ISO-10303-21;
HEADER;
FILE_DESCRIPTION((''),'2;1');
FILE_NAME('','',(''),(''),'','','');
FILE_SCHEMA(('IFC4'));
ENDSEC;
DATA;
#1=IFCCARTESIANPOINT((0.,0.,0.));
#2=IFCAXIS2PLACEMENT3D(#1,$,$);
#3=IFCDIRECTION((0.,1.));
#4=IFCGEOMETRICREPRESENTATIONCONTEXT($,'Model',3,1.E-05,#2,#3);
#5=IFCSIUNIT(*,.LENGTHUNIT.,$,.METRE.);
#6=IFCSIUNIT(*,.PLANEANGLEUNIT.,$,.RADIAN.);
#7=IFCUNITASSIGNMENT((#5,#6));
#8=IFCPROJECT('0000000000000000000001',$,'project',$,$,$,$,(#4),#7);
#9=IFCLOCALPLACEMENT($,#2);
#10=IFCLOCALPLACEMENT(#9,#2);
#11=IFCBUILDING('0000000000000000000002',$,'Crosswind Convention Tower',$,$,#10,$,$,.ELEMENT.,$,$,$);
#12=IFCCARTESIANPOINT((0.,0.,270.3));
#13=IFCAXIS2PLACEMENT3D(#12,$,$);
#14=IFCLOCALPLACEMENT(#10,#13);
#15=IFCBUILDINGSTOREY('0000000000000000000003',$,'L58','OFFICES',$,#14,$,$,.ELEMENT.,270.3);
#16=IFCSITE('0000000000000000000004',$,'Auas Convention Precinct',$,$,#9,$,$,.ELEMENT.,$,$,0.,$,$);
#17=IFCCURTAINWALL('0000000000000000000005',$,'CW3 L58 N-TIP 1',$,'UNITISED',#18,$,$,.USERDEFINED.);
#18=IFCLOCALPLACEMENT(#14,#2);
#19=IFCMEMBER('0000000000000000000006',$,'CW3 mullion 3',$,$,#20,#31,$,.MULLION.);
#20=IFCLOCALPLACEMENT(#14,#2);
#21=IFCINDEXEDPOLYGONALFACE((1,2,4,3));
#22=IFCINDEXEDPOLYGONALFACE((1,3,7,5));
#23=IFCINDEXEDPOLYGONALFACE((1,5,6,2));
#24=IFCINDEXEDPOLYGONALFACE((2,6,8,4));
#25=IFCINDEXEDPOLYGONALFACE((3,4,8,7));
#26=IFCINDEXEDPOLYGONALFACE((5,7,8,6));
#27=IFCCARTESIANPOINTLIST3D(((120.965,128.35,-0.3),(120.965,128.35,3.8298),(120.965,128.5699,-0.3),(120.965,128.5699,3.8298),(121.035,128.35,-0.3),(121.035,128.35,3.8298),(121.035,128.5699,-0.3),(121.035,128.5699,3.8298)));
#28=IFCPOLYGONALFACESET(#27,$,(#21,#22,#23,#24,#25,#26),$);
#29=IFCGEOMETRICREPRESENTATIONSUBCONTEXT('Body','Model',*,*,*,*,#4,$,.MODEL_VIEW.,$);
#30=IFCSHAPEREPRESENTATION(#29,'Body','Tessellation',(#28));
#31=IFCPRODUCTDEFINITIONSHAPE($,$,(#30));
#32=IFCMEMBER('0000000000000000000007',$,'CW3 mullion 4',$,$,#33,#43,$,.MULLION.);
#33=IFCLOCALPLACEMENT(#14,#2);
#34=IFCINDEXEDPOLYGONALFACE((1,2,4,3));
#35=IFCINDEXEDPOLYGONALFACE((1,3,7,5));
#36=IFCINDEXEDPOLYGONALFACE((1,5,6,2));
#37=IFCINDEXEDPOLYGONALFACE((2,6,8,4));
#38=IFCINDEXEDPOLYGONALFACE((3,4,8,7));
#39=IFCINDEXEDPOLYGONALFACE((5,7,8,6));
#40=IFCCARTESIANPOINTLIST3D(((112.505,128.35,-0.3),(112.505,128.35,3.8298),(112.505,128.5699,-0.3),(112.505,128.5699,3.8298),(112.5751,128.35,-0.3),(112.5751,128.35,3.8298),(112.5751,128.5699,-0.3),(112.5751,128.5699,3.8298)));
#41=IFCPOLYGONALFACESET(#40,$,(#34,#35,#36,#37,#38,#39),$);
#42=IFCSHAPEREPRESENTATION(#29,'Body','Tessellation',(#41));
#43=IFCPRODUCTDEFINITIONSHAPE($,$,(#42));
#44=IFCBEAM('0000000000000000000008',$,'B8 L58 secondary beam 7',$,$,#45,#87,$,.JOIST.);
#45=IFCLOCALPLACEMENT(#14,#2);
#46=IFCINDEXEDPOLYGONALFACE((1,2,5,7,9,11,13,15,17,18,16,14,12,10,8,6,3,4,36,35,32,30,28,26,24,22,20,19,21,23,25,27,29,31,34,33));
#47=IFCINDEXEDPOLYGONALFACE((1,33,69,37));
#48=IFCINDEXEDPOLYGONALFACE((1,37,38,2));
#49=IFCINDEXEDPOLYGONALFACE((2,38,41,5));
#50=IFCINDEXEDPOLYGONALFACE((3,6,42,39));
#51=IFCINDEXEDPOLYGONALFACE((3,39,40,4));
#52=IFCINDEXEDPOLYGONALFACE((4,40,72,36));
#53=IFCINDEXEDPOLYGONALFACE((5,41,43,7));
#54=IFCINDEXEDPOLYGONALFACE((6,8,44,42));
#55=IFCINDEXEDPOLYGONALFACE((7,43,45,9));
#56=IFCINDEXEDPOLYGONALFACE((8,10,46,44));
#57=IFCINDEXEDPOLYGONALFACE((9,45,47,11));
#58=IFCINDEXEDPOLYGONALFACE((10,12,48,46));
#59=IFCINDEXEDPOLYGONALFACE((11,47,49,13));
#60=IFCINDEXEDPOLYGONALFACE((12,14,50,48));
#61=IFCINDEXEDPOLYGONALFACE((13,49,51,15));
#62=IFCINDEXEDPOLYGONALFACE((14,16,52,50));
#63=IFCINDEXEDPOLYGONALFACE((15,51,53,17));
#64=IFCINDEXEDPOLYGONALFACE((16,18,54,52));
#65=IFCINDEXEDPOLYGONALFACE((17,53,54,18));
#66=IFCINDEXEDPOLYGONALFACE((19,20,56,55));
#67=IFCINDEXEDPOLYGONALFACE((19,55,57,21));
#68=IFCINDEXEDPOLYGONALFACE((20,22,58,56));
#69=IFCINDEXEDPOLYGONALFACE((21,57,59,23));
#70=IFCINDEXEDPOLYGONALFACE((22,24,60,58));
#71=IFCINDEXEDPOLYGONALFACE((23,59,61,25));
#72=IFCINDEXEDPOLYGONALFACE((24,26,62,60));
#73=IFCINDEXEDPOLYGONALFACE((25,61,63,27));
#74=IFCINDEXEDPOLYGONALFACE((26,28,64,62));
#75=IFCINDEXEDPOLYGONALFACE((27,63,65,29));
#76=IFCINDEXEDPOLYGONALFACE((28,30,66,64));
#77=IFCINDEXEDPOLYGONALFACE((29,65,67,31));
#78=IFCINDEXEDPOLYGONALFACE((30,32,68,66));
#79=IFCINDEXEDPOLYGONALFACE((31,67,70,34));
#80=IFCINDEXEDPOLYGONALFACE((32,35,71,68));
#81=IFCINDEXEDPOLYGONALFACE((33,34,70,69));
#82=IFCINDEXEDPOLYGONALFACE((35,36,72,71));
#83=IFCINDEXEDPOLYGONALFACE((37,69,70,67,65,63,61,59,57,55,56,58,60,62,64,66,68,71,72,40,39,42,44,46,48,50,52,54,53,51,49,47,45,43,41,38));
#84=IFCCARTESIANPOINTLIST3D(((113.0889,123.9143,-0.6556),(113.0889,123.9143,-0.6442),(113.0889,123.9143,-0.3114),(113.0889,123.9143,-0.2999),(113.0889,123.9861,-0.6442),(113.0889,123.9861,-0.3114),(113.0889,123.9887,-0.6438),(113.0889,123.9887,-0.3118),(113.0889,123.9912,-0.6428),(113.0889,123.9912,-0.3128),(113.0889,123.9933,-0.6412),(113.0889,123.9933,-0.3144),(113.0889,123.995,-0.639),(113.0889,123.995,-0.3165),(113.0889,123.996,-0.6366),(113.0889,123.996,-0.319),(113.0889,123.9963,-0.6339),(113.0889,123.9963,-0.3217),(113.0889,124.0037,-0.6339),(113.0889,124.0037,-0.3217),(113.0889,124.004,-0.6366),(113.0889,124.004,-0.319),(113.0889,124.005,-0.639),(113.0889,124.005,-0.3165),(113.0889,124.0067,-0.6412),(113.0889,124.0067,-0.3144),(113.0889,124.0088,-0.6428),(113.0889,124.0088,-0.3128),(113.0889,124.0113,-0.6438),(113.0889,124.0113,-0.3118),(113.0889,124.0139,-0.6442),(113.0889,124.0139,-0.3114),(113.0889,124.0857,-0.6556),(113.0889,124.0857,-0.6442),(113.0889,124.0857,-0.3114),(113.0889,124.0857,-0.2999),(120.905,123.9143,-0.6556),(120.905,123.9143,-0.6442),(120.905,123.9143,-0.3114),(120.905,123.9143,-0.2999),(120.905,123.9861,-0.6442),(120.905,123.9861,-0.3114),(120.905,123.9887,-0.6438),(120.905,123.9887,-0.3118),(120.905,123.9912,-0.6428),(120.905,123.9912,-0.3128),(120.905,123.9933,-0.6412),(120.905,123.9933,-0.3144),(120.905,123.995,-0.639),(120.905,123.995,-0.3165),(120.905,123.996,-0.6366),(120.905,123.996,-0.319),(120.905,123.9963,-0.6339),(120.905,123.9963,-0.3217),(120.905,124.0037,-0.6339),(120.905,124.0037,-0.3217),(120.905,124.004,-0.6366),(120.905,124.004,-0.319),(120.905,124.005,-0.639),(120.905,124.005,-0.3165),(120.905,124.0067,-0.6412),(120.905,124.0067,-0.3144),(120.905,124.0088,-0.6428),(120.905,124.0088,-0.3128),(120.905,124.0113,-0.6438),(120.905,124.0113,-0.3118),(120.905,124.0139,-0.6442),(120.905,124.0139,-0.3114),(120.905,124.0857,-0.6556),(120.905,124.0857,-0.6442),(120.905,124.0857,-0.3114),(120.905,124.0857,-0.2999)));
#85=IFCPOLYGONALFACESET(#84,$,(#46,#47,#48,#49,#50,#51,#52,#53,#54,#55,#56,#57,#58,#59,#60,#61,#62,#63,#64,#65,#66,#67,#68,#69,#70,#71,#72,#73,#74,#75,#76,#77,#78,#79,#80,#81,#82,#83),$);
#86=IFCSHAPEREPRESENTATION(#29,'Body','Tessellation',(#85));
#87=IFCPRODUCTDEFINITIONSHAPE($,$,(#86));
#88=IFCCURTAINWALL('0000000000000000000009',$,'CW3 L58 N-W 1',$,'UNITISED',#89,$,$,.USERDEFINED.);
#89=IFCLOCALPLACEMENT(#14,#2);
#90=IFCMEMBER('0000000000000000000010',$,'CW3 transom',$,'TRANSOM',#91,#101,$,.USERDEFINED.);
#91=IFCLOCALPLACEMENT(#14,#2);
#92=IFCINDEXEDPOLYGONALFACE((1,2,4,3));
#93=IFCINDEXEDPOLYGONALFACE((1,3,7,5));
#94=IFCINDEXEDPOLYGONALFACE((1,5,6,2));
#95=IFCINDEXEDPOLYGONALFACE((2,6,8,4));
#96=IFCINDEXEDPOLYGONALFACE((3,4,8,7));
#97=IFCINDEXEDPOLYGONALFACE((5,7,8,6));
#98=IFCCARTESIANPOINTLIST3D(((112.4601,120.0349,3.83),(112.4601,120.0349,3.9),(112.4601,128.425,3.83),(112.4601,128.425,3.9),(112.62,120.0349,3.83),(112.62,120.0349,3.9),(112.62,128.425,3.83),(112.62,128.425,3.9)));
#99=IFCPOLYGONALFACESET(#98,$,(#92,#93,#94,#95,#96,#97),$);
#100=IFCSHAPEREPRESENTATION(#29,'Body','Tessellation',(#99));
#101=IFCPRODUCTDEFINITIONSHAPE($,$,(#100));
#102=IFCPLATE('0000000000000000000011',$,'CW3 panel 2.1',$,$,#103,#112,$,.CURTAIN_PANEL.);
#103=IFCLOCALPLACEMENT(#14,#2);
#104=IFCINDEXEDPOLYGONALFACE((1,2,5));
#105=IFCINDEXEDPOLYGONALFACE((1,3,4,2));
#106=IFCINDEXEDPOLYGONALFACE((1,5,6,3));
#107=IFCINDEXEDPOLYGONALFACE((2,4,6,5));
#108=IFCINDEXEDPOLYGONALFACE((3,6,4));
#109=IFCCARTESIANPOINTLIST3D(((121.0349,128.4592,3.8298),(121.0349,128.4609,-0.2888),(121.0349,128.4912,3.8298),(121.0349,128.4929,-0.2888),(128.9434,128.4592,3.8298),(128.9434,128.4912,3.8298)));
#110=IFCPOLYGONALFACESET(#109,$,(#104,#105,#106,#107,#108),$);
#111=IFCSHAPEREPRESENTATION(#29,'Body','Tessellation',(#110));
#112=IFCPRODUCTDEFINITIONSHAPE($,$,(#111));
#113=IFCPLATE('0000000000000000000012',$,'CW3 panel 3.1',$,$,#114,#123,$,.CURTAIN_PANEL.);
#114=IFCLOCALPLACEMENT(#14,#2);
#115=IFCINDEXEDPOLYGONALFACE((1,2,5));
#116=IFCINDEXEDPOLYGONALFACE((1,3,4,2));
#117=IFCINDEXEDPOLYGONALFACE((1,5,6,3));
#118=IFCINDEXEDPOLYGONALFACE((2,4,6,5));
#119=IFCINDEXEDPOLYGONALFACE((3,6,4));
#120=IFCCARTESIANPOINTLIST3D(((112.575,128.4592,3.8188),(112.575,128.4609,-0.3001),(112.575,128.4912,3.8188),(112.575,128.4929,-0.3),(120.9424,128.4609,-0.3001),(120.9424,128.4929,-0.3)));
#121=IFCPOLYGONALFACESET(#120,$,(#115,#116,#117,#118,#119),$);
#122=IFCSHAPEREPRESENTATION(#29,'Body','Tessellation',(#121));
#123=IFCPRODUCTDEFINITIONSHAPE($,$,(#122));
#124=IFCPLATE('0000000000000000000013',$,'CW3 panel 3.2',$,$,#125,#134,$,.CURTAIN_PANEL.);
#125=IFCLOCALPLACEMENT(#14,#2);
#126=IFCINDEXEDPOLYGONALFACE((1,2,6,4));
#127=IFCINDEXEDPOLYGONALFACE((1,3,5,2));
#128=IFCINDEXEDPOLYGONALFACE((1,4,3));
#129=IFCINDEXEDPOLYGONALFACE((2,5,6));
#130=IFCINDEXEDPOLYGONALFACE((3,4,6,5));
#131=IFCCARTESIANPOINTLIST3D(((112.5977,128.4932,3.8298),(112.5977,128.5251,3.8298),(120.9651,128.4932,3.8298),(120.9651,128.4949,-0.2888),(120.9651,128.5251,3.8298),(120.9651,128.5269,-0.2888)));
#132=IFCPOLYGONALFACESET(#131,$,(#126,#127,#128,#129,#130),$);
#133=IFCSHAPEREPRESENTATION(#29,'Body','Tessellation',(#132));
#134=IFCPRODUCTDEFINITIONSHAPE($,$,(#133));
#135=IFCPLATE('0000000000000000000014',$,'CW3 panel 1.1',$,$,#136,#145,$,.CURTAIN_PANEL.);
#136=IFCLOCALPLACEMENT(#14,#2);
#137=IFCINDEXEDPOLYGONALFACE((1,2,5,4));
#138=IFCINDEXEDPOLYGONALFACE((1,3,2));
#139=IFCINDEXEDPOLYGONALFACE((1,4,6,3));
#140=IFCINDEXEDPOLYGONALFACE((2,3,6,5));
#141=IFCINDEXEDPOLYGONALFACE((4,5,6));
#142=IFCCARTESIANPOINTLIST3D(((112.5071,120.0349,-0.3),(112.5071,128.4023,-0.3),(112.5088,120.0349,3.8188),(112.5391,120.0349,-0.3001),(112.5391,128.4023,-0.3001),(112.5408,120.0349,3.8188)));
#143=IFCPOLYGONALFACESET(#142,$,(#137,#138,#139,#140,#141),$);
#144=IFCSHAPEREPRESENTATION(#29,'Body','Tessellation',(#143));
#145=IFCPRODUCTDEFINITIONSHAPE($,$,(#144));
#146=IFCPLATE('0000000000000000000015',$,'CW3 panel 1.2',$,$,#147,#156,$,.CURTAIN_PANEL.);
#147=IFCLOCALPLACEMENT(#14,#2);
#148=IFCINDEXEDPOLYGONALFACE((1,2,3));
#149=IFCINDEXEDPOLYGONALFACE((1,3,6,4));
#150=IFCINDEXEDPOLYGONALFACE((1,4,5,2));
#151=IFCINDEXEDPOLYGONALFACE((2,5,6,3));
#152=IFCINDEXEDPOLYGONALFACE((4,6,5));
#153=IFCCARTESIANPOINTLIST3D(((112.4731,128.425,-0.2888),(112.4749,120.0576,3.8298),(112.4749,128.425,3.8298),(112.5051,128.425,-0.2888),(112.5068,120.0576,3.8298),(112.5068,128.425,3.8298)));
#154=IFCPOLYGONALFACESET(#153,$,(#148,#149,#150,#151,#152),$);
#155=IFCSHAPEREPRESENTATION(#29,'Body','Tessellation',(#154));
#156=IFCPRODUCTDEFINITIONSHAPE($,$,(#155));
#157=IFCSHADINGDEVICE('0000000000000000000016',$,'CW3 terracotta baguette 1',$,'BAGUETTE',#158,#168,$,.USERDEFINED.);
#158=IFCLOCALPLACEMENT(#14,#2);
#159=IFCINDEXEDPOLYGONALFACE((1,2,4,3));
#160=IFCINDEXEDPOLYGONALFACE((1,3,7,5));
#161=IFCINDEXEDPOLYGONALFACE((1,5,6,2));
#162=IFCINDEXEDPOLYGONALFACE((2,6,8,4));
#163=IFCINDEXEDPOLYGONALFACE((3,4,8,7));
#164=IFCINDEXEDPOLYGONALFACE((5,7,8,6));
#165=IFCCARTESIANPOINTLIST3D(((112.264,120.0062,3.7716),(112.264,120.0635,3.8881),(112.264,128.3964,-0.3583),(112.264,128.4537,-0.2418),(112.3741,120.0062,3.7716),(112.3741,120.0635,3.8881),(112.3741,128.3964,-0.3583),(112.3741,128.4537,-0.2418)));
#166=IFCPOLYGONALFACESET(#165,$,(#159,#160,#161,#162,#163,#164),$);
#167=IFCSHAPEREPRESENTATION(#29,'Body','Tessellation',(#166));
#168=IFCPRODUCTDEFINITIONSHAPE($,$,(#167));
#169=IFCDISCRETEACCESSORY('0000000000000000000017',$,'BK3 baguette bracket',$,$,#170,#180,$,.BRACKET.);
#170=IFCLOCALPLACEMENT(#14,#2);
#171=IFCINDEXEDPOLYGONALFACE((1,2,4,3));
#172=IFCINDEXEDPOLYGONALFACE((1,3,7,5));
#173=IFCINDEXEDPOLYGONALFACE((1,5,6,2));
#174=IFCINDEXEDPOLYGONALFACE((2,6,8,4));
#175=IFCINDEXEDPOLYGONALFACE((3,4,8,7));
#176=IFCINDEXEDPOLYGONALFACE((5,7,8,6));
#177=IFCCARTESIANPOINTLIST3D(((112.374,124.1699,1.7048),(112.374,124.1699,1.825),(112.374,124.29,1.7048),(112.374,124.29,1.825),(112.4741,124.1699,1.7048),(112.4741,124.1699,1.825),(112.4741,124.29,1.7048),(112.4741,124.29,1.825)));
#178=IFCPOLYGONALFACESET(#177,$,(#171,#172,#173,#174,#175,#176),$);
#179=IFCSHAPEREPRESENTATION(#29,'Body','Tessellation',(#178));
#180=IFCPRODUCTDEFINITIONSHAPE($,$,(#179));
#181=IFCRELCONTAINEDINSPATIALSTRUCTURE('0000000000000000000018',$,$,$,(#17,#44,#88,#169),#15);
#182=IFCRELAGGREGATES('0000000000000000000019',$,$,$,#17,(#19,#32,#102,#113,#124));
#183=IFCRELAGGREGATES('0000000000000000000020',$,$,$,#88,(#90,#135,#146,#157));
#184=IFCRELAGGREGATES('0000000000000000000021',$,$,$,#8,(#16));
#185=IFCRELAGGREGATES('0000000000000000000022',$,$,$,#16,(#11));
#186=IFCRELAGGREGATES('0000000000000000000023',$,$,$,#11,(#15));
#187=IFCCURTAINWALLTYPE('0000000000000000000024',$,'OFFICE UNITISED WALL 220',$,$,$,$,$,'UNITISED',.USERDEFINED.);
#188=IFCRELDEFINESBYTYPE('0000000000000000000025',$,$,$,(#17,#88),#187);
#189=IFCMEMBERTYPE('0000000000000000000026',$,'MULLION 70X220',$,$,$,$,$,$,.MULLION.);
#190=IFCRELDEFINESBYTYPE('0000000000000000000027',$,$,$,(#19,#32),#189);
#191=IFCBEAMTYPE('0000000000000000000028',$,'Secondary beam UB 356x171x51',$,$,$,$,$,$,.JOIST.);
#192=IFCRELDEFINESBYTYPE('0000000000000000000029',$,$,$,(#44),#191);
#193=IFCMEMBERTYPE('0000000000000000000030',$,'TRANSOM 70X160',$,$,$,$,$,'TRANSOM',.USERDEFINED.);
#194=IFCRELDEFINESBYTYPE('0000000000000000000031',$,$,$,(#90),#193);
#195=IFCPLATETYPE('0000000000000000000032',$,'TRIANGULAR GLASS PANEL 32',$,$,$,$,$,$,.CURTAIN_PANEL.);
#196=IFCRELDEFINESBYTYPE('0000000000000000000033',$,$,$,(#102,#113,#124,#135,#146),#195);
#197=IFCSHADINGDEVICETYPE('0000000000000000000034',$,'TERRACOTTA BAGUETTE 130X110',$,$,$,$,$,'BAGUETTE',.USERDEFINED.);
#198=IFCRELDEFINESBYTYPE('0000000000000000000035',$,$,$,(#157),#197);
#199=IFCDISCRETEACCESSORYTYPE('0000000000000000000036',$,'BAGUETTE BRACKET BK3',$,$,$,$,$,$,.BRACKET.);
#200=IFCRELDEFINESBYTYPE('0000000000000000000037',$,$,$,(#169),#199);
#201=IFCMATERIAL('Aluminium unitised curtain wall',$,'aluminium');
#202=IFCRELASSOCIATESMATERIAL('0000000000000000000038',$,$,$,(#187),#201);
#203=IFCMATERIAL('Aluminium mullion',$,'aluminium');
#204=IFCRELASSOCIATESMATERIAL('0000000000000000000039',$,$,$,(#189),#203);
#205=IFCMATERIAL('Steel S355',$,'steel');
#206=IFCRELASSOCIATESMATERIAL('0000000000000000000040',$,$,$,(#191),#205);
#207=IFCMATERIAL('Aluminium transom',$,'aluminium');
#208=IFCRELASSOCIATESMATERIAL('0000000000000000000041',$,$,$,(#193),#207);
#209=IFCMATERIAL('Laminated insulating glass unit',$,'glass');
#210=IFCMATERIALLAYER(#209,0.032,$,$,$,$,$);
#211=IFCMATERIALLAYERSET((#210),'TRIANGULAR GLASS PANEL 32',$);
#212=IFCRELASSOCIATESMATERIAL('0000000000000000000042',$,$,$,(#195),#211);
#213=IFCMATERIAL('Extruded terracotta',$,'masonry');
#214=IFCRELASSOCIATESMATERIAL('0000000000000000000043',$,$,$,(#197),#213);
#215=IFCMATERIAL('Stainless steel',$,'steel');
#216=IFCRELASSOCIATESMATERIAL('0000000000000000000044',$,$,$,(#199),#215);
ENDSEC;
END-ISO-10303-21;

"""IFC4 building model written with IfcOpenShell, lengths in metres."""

from ifc_helpers import new_model, si_unit, direction, frame, origin, origin_2d, place, context, subcontext, project, spatial, polyline, rectangle, i_section, outline, extrude, material, layer, layer_set, material_profile, profile_set, type_object, element, aggregate, save


model = new_model("IFC4")

# Units and contexts
model_context = context("Model", 3, precision=1e-05, world=origin(), true_north=direction((0.0, 1.0)))
body_context = subcontext(model_context, "Body", "Model", "MODEL_VIEW")
ifc_project = project(units=[si_unit("LENGTHUNIT", "METRE"), si_unit("PLANEANGLEUNIT", "RADIAN")], contexts=[model_context])

# Site, building, storey
site_placement = place(None, origin())
site = spatial("IfcSite", under=ifc_project, at=site_placement, Name="Auas Convention Precinct", CompositionType="ELEMENT", RefElevation=0.0)
building_placement = place(site_placement, origin())
building = spatial("IfcBuilding", under=site, at=building_placement, Name="Crosswind Convention Tower", CompositionType="ELEMENT")
storey_placement = place(building_placement, frame((0.0, 0.0, 270.3)))
storey = spatial("IfcBuildingStorey", under=building, at=storey_placement, Name="L58", Description="OFFICES", CompositionType="ELEMENT", Elevation=270.3)

# Shared definitions
ifc_material_1 = material(Name="Steel S355", Category="steel")

# Curtain wall, members
ifc_material_2 = material(Name="Aluminium unitised curtain wall", Category="aluminium")
curtain_wall_type = type_object("IfcCurtainWallType", Name="OFFICE UNITISED WALL 220", ElementType="UNITISED", PredefinedType="USERDEFINED", material=ifc_material_2)
curtain_wall_1_placement = place(storey_placement, origin())
curtain_wall_1 = element("IfcCurtainWall", 1, at=curtain_wall_1_placement, inside=storey, type_object=curtain_wall_type, Name="CW3 L58 N-TIP 1", ObjectType="UNITISED", PredefinedType="USERDEFINED")
ifc_material_3 = material(Name="Aluminium mullion", Category="aluminium")
ifc_material_profile_1 = material_profile(ifc_material_3, rectangle(XDim=0.22, YDim=0.0701, at=origin_2d()), Name="AL 220X70")
ifc_profile_set_1 = profile_set([ifc_material_profile_1], Name="Aluminium mullion")
member_type_1 = type_object("IfcMemberType", Name="MULLION 70X220", PredefinedType="MULLION", material=ifc_profile_set_1)
member_1_placement = place(storey_placement, frame((121.0, 128.46, -0.3), z_axis=(0.0, 0.0, 1.0), x_axis=(0.0, 1.0, 0.0)))
member_1 = element("IfcMember", 2, at=member_1_placement, type_object=member_type_1, Name="CW3 mullion 3", PredefinedType="MULLION", context=body_context, shape_type="SweptSolid", body=[
    extrude(rectangle(XDim=0.22, YDim=0.0701, at=origin_2d()), origin(), (0.0, 0.0, 1.0), 4.1299),
])
member_2_placement = place(storey_placement, frame((112.54, 128.46, -0.3), z_axis=(0.0, 0.0, 1.0), x_axis=(0.0, 1.0, 0.0)))
member_2 = element("IfcMember", 3, at=member_2_placement, type_object=member_type_1, Name="CW3 mullion 4", PredefinedType="MULLION", context=body_context, shape_type="SweptSolid", body=[
    extrude(rectangle(XDim=0.22, YDim=0.0701, at=origin_2d()), origin(), (0.0, 0.0, 1.0), 4.1299),
])

# Beam
ifc_material_profile_2 = material_profile(ifc_material_1, i_section(OverallWidth=0.1714, OverallDepth=0.3557, WebThickness=0.0073, FlangeThickness=0.0115, FilletRadius=0.0103, at=origin_2d()), Name="UB 356x171x51")
ifc_profile_set_2 = profile_set([ifc_material_profile_2], Name="Steel S355")
beam_type_1 = type_object("IfcBeamType", Name="Secondary beam UB 356x171x51", PredefinedType="JOIST", material=ifc_profile_set_2)
beam_1_placement = place(storey_placement, frame((113.0889, 124.0, -0.4778), z_axis=(1.0, 0.0, 0.0), x_axis=(0.0, 1.0, 0.0)))
element("IfcBeam", 4, at=beam_1_placement, inside=storey, type_object=beam_type_1, Name="B8 L58 secondary beam 7", PredefinedType="JOIST", context=body_context, shape_type="SweptSolid", body=[
    extrude(i_section(OverallWidth=0.1714, OverallDepth=0.3557, WebThickness=0.0073, FlangeThickness=0.0115, FilletRadius=0.0103, at=origin_2d()), origin(), (0.0, 0.0, 1.0), 7.8162),
])

# Curtain wall, member
curtain_wall_2_placement = place(storey_placement, origin())
curtain_wall_2 = element("IfcCurtainWall", 5, at=curtain_wall_2_placement, inside=storey, type_object=curtain_wall_type, Name="CW3 L58 N-W 1", ObjectType="UNITISED", PredefinedType="USERDEFINED")
ifc_material_4 = material(Name="Aluminium transom", Category="aluminium")
ifc_material_profile_3 = material_profile(ifc_material_4, rectangle(XDim=0.1599, YDim=0.0701, at=origin_2d()), Name="AL 160X70")
ifc_profile_set_3 = profile_set([ifc_material_profile_3], Name="Aluminium transom")
member_type_2 = type_object("IfcMemberType", Name="TRANSOM 70X160", ElementType="TRANSOM", PredefinedType="USERDEFINED", material=ifc_profile_set_3)
member_3_placement = place(storey_placement, frame((112.54, 128.425, 3.865), z_axis=(0.0, -1.0, 0.0), x_axis=(1.0, 0.0, 0.0)))
member_3 = element("IfcMember", 6, at=member_3_placement, type_object=member_type_2, Name="CW3 transom", ObjectType="TRANSOM", PredefinedType="USERDEFINED", context=body_context, shape_type="SweptSolid", body=[
    extrude(rectangle(XDim=0.1599, YDim=0.0701, at=origin_2d()), origin(), (0.0, 0.0, 1.0), 8.3901),
])

# Plates
ifc_material_5 = material(Name="Laminated insulating glass unit", Category="glass")
ifc_layer = layer(ifc_material_5, 0.032)
ifc_layer_set = layer_set([ifc_layer], Name="TRIANGULAR GLASS PANEL 32")
plate_type = type_object("IfcPlateType", Name="TRIANGULAR GLASS PANEL 32", PredefinedType="CURTAIN_PANEL", material=ifc_layer_set)
plate_1_placement = place(storey_placement, frame((121.0349, 128.4912, 3.8298), z_axis=(0.0, 1.0, 0.000415), x_axis=(1.0, 0.0, 0.0)))
plate_1 = element("IfcPlate", 7, at=plate_1_placement, type_object=plate_type, Name="CW3 panel 2.1", PredefinedType="CURTAIN_PANEL", context=body_context, shape_type="SweptSolid", body=[
    extrude(outline(polyline([(0.0, 0.0), (7.9084, 0.0), (0.0, 4.1187), (0.0, 0.0)])), origin(), (0.0, 0.0, -1.0), 0.032),
])
plate_2_placement = place(storey_placement, frame((112.575, 128.4929, -0.3), z_axis=(0.0, 1.0, 0.000415), x_axis=(0.0, -0.000415, 1.0)))
plate_2 = element("IfcPlate", 8, at=plate_2_placement, type_object=plate_type, Name="CW3 panel 3.1", PredefinedType="CURTAIN_PANEL", context=body_context, shape_type="SweptSolid", body=[
    extrude(outline(polyline([(0.0, 0.0), (4.1189, 0.0), (0.0, 8.3674), (0.0, 0.0)])), origin(), (0.0, 0.0, -1.0), 0.032),
])
plate_3_placement = place(storey_placement, frame((120.9651, 128.5251, 3.8298), z_axis=(0.0, 1.0, 0.000415), x_axis=(0.0, 0.000415, -1.0)))
plate_3 = element("IfcPlate", 9, at=plate_3_placement, type_object=plate_type, Name="CW3 panel 3.2", PredefinedType="CURTAIN_PANEL", context=body_context, shape_type="SweptSolid", body=[
    extrude(outline(polyline([(0.0, 0.0), (4.1187, 0.0), (0.0, 8.3674), (0.0, 0.0)])), origin(), (0.0, 0.0, -1.0), 0.032),
])
aggregate(curtain_wall_1, [member_1, member_2, plate_1, plate_2, plate_3])
plate_4_placement = place(storey_placement, frame((112.5071, 120.0349, -0.3), z_axis=(-1.0, 0.0, 0.000415), x_axis=(0.000415, 0.0, 1.0)))
plate_4 = element("IfcPlate", 10, at=plate_4_placement, type_object=plate_type, Name="CW3 panel 1.1", PredefinedType="CURTAIN_PANEL", context=body_context, shape_type="SweptSolid", body=[
    extrude(outline(polyline([(0.0, 0.0), (4.1189, 0.0), (0.0, 8.3674), (0.0, 0.0)])), origin(), (0.0, 0.0, -1.0), 0.032),
])
plate_5_placement = place(storey_placement, frame((112.4749, 128.425, 3.8298), z_axis=(-1.0, 0.0, 0.000415), x_axis=(-0.000415, 0.0, -1.0)))
plate_5 = element("IfcPlate", 11, at=plate_5_placement, type_object=plate_type, Name="CW3 panel 1.2", PredefinedType="CURTAIN_PANEL", context=body_context, shape_type="SweptSolid", body=[
    extrude(outline(polyline([(0.0, 0.0), (4.1187, 0.0), (0.0, 8.3674), (0.0, 0.0)])), origin(), (0.0, 0.0, -1.0), 0.032),
])

# Shading device
ifc_material_6 = material(Name="Extruded terracotta", Category="masonry")
ifc_material_profile_4 = material_profile(ifc_material_6, rectangle(XDim=0.1101, YDim=0.1299, at=origin_2d()), Name="TC 110X130")
ifc_profile_set_4 = profile_set([ifc_material_profile_4], Name="Extruded terracotta")
shading_device_type = type_object("IfcShadingDeviceType", Name="TERRACOTTA BAGUETTE 130X110", ElementType="BAGUETTE", PredefinedType="USERDEFINED", material=ifc_profile_set_4)
shading_device_placement = place(storey_placement, frame((112.3191, 128.425, -0.3), z_axis=(0.0, -0.897198, 0.441628), x_axis=(1.0, 0.0, 0.0)))
shading_device = element("IfcShadingDevice", 12, at=shading_device_placement, type_object=shading_device_type, Name="CW3 terracotta baguette 1", ObjectType="BAGUETTE", PredefinedType="USERDEFINED", context=body_context, shape_type="SweptSolid", body=[
    extrude(rectangle(XDim=0.1101, YDim=0.1299, at=origin_2d()), origin(), (0.0, 0.0, 1.0), 9.3516),
])
aggregate(curtain_wall_2, [member_3, plate_4, plate_5, shading_device])

# Discrete accessory
ifc_material_7 = material(Name="Stainless steel", Category="steel")
discrete_accessory_type = type_object("IfcDiscreteAccessoryType", Name="BAGUETTE BRACKET BK3", PredefinedType="BRACKET", material=ifc_material_7)
discrete_accessory_placement = place(storey_placement, frame((112.4241, 124.23, 1.7048), z_axis=(0.0, 0.0, 1.0), x_axis=(0.0, -1.0, 0.0)))
element("IfcDiscreteAccessory", 13, at=discrete_accessory_placement, inside=storey, type_object=discrete_accessory_type, Name="BK3 baguette bracket", PredefinedType="BRACKET", context=body_context, shape_type="SweptSolid", body=[
    extrude(rectangle(XDim=0.1201, YDim=0.1001, at=origin_2d()), origin(), (0.0, 0.0, 1.0), 0.1201),
])

save(model, "model.ifc")
